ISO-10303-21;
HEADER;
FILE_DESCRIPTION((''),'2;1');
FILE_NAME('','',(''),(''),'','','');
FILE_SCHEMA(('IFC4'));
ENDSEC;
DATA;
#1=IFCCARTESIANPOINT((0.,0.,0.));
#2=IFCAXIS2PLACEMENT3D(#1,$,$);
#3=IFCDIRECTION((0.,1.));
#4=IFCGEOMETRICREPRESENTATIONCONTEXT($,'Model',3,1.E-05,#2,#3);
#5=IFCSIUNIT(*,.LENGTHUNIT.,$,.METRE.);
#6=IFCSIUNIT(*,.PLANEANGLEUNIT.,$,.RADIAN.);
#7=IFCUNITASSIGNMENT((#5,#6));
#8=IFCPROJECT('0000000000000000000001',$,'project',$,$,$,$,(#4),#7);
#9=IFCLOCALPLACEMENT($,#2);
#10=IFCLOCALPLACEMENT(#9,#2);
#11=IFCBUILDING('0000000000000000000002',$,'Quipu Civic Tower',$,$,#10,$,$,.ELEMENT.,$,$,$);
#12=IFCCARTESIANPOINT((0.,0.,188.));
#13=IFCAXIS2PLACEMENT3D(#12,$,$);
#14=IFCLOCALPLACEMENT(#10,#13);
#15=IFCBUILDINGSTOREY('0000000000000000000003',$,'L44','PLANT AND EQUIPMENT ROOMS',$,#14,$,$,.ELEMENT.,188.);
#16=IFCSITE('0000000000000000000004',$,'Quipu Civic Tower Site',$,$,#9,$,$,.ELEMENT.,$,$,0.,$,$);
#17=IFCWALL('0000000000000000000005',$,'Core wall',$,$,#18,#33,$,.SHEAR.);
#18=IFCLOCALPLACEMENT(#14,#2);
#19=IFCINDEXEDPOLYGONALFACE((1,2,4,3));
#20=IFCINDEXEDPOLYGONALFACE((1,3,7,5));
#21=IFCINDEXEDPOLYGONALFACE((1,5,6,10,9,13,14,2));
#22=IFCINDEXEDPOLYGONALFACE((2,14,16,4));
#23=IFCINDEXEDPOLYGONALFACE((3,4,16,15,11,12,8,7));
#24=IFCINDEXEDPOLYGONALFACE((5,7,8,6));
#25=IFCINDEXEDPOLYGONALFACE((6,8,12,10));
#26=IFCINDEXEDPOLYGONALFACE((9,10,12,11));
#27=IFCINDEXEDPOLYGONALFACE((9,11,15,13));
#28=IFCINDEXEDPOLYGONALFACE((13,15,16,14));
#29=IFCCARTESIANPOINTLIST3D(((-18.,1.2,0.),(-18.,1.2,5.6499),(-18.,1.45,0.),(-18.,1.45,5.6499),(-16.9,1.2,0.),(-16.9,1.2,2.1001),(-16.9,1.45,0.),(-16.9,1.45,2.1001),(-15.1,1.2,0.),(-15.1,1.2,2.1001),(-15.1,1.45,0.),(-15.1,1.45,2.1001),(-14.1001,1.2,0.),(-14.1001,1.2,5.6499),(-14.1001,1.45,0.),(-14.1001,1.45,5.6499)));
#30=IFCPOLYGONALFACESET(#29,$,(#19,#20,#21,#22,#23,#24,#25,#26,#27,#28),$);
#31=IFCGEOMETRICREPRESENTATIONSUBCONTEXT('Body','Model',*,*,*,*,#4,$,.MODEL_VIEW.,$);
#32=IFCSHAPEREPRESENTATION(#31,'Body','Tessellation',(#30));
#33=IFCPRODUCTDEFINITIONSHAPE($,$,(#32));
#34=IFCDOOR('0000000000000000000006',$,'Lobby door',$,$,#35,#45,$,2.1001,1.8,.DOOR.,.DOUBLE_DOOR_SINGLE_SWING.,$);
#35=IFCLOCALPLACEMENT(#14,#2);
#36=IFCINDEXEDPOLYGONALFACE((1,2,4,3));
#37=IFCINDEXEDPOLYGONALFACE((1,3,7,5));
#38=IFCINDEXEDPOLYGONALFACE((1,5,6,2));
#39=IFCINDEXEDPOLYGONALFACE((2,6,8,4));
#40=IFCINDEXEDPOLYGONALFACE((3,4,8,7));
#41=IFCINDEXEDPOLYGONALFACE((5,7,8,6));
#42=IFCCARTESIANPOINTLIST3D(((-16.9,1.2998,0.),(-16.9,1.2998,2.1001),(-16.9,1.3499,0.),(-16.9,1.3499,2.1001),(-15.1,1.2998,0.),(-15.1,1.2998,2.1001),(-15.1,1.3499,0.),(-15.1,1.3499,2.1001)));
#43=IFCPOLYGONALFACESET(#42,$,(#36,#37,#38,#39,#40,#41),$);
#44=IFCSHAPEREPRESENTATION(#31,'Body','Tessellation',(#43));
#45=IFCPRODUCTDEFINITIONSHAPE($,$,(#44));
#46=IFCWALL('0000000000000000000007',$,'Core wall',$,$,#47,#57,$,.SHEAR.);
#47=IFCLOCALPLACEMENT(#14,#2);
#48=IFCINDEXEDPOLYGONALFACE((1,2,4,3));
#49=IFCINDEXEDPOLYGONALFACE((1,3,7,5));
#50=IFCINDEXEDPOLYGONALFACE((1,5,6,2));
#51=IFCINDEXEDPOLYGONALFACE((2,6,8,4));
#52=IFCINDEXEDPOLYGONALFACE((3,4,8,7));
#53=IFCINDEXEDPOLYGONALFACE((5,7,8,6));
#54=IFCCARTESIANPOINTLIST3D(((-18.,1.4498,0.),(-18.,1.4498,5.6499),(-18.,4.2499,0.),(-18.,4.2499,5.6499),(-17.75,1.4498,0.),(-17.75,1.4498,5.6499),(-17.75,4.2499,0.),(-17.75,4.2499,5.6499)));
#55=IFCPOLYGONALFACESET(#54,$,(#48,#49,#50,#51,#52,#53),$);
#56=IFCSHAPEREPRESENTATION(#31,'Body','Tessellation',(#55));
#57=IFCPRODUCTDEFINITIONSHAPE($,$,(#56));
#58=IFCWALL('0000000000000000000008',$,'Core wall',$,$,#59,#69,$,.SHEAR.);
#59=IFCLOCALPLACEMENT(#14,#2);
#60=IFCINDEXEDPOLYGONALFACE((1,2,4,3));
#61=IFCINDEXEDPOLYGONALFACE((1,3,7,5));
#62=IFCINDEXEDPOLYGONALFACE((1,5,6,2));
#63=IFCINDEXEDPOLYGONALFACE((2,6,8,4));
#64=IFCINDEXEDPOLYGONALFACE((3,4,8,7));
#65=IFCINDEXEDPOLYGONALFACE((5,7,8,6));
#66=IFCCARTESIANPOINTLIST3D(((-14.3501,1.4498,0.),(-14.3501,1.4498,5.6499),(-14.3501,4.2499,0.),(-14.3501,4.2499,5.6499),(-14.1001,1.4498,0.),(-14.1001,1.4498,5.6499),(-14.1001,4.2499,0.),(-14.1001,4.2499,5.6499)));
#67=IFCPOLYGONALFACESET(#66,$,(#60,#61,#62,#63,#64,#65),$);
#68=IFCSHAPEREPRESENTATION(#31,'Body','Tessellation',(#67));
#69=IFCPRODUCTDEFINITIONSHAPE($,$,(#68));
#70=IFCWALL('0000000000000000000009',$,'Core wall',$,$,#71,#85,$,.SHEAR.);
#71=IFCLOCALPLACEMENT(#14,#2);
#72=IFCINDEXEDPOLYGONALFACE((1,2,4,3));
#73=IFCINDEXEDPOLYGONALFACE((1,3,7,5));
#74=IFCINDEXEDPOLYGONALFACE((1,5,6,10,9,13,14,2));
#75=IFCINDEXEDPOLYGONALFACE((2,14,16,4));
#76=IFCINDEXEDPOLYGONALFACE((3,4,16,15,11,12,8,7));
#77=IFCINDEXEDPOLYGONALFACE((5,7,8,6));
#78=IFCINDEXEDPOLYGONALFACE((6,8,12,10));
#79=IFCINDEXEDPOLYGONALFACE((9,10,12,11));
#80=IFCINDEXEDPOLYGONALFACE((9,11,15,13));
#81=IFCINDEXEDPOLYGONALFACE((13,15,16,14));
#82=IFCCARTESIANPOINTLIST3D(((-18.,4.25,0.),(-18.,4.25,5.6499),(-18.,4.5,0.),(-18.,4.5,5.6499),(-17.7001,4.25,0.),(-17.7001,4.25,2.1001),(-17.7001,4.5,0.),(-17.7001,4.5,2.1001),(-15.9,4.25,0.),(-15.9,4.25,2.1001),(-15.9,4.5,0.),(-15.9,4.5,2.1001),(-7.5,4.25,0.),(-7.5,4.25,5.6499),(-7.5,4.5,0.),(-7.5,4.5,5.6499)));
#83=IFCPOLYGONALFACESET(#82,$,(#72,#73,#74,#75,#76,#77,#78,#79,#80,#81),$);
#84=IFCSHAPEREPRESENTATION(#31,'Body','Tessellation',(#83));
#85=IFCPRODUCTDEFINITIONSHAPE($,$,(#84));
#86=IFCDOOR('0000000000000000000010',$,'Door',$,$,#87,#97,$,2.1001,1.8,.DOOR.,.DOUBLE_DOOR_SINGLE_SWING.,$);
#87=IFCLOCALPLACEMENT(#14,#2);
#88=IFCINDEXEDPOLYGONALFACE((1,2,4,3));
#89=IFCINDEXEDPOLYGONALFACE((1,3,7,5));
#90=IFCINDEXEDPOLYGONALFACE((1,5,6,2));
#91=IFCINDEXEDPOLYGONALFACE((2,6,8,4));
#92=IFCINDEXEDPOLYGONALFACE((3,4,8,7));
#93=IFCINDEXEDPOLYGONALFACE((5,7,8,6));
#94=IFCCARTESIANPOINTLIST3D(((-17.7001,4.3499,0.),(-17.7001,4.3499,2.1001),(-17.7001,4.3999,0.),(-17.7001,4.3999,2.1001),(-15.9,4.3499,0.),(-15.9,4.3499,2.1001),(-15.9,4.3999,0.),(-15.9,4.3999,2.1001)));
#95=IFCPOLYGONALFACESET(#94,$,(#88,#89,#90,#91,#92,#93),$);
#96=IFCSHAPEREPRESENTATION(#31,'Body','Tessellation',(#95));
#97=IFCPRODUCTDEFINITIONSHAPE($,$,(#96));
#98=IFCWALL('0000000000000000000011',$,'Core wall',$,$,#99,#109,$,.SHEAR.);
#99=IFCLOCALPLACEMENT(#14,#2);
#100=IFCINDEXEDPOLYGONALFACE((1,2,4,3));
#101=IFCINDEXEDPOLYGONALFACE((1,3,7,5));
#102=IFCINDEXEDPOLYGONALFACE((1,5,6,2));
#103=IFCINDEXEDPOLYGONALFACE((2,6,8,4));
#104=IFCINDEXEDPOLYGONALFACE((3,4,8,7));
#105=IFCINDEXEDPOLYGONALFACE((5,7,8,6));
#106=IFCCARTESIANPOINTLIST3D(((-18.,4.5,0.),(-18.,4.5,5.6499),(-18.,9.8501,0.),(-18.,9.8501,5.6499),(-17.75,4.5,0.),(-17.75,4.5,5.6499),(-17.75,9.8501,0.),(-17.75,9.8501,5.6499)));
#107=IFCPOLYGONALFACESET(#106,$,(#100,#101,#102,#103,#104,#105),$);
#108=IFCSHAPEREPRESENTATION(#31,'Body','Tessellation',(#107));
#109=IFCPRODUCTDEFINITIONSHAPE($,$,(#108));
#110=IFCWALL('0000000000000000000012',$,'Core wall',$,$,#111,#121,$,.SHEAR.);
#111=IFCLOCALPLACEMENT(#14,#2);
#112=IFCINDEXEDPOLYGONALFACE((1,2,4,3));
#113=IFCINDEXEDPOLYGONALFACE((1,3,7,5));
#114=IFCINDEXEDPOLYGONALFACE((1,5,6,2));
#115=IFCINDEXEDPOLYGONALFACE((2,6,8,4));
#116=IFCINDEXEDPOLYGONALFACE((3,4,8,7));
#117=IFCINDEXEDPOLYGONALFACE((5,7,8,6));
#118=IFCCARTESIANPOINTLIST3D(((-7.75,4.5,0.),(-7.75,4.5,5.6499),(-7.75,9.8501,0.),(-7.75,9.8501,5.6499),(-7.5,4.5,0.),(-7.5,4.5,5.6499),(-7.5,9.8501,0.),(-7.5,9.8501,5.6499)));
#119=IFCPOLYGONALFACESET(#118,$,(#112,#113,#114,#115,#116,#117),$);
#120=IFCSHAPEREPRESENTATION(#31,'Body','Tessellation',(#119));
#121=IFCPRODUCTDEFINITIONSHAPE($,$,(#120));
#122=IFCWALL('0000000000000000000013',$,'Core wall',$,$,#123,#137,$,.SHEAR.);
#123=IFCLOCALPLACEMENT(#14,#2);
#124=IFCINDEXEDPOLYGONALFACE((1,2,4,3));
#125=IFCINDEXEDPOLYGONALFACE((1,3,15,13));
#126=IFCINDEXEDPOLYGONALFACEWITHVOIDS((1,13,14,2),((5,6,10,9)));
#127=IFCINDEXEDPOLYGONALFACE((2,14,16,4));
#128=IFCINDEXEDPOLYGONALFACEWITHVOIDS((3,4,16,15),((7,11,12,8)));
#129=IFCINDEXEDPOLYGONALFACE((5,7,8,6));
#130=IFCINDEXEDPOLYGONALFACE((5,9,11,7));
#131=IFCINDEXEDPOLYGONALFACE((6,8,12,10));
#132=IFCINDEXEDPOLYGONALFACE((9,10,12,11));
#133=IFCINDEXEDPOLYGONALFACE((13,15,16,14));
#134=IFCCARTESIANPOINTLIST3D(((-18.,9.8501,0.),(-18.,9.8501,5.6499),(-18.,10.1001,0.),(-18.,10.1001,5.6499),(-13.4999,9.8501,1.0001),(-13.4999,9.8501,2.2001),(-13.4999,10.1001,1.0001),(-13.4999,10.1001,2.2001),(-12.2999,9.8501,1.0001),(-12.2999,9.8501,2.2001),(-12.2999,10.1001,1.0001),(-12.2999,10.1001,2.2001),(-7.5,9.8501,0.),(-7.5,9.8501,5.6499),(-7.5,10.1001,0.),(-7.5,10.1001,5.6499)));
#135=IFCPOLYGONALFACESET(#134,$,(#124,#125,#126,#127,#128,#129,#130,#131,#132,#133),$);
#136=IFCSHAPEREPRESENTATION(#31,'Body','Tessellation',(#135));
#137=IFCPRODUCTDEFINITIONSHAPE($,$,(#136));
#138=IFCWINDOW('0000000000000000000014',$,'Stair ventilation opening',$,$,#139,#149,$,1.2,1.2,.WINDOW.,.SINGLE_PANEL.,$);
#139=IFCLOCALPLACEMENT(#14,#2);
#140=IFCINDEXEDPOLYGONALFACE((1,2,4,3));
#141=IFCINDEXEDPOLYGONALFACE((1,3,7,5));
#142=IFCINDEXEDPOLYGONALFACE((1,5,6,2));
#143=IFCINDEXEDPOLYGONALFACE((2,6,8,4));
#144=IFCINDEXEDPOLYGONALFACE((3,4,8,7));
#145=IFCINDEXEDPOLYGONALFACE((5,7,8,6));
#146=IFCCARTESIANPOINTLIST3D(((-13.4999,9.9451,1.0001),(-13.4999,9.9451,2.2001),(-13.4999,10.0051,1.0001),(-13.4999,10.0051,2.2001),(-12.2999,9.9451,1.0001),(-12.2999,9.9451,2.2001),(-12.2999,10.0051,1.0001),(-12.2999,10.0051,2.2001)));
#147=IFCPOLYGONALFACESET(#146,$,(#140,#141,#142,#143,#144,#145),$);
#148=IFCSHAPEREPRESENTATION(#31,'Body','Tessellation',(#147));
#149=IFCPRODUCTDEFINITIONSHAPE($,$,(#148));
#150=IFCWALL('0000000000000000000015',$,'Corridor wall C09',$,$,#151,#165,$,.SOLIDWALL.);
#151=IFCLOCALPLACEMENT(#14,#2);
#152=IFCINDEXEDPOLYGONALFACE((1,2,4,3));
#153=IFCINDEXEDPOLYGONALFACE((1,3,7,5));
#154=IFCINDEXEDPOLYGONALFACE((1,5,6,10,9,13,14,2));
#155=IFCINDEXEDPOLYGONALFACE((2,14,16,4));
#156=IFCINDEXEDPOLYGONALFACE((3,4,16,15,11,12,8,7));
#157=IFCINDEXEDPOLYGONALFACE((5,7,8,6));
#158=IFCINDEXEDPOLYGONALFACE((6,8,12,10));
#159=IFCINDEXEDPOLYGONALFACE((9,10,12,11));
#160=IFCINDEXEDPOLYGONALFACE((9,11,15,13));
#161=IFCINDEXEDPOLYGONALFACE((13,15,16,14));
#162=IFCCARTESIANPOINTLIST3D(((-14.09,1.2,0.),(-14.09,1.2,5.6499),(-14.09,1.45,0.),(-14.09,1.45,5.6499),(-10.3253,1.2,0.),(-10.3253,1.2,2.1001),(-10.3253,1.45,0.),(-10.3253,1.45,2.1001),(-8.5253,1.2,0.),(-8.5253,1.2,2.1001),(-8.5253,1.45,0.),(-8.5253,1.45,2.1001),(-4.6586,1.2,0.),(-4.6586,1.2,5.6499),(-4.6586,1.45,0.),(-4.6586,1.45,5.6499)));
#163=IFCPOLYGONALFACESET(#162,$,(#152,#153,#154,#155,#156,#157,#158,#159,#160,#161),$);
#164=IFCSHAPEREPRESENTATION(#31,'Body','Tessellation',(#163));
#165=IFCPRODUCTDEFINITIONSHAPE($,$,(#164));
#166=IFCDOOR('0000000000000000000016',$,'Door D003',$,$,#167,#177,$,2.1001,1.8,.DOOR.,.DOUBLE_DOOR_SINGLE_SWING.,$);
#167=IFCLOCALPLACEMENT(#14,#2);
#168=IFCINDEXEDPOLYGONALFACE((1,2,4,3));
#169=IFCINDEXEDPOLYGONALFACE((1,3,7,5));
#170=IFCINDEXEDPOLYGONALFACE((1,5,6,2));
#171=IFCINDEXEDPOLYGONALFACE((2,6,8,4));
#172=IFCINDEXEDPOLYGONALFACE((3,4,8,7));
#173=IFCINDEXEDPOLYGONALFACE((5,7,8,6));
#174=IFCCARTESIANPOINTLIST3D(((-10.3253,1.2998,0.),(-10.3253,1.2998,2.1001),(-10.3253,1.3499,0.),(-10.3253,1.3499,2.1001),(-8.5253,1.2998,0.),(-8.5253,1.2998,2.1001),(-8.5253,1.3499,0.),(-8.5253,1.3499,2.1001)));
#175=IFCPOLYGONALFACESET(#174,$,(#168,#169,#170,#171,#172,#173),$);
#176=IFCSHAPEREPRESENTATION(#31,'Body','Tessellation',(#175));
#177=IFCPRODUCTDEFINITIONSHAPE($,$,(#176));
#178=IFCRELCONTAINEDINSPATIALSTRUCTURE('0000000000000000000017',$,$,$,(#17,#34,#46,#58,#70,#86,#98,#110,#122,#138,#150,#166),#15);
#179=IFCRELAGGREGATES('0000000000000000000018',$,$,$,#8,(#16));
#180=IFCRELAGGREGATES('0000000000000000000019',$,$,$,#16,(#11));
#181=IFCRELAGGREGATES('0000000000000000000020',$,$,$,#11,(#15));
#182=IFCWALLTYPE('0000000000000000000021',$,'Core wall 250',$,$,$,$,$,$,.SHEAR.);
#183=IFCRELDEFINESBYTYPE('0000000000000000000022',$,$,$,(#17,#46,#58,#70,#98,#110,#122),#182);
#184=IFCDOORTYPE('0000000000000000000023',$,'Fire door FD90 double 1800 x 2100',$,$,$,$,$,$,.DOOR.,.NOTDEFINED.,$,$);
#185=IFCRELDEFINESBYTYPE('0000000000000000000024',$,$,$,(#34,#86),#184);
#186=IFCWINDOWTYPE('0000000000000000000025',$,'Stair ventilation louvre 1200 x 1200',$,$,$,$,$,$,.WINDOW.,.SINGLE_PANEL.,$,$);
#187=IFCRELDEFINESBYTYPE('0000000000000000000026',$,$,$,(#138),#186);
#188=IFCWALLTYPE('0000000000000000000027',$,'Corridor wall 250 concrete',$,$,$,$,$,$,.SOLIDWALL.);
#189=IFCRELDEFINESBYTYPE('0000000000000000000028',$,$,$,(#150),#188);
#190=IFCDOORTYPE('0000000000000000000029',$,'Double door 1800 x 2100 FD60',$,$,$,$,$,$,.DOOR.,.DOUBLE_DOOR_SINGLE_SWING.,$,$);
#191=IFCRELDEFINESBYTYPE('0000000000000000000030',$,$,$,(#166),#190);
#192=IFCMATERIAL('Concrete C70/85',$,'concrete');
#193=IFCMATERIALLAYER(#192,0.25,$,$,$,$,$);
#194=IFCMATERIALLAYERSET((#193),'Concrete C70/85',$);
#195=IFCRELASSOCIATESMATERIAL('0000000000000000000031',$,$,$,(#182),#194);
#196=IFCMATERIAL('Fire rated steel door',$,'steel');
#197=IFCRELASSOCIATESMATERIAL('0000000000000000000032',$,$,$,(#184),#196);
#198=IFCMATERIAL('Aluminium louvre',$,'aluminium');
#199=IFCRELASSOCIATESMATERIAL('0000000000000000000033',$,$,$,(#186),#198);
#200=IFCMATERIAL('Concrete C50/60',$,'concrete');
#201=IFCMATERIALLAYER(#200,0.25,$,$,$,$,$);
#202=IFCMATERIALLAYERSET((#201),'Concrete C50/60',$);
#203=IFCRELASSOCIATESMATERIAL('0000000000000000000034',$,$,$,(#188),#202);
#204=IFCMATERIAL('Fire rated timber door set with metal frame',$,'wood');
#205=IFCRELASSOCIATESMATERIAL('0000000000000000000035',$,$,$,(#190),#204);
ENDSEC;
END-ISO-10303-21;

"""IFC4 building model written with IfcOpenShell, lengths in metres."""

from ifc_helpers import new_model, si_unit, direction, frame, frame_2d, origin, place, context, subcontext, project, spatial, rectangle, extrude, material, layer, layer_set, type_object, element, fill, save


model = new_model("IFC4")

# Units and contexts
model_context = context("Model", 3, precision=1e-05, world=origin(), true_north=direction((0.0, 1.0)))
body_context = subcontext(model_context, "Body", "Model", "MODEL_VIEW")
ifc_project = project(units=[si_unit("LENGTHUNIT", "METRE"), si_unit("PLANEANGLEUNIT", "RADIAN")], contexts=[model_context])

# Site, building, storey
site_placement = place(None, origin())
site = spatial("IfcSite", under=ifc_project, at=site_placement, Name="Quipu Civic Tower Site", CompositionType="ELEMENT", RefElevation=0.0)
building_placement = place(site_placement, origin())
building = spatial("IfcBuilding", under=site, at=building_placement, Name="Quipu Civic Tower", CompositionType="ELEMENT")
storey_placement = place(building_placement, frame((0.0, 0.0, 188.0)))
storey = spatial("IfcBuildingStorey", under=building, at=storey_placement, Name="L44", Description="PLANT AND EQUIPMENT ROOMS", CompositionType="ELEMENT", Elevation=188.0)

# Wall, opening, door
ifc_material_1 = material(Name="Concrete C70/85", Category="concrete")
ifc_layer_1 = layer(ifc_material_1, 0.25)
ifc_layer_set_1 = layer_set([ifc_layer_1], Name="Concrete C70/85")
wall_type_1 = type_object("IfcWallType", Name="Core wall 250", PredefinedType="SHEAR", material=ifc_layer_set_1)
wall_1_placement = place(storey_placement, frame((-18.0, 1.325, 0.0), z_axis=(0.0, 0.0, 1.0), x_axis=(1.0, 0.0, 0.0)))
wall_1 = element("IfcWall", 1, at=wall_1_placement, inside=storey, type_object=wall_type_1, Name="Core wall", PredefinedType="SHEAR", context=body_context, shape_type="SweptSolid", body=[
    extrude(rectangle(XDim=3.8999, YDim=0.25, at=frame_2d((1.95, 0.0))), origin(), (0.0, 0.0, 1.0), 5.6499),
])
opening_1_placement = place(wall_1_placement, frame((1.1001, 0.0, 0.0)))
opening_1 = element("IfcOpeningElement", 2, at=opening_1_placement, cuts=wall_1, PredefinedType="OPENING", context=body_context, shape_type="SweptSolid", body=[
    extrude(rectangle(XDim=1.8, YDim=2.1001, at=frame_2d((0.8999, 1.05))), frame((0.0, 0.135, 0.0), z_axis=(0.0, -1.0, 0.0), x_axis=(1.0, 0.0, 0.0)), (0.0, 0.0, 1.0), 0.27),
])
ifc_material_2 = material(Name="Fire rated steel door", Category="steel")
door_type_1 = type_object("IfcDoorType", Name="Fire door FD90 double 1800 x 2100", OperationType="NOTDEFINED", PredefinedType="DOOR", material=ifc_material_2)
door_1_placement = place(opening_1_placement, origin())
door_1 = element("IfcDoor", 3, at=door_1_placement, inside=storey, type_object=door_type_1, Name="Lobby door", OperationType="DOUBLE_DOOR_SINGLE_SWING", OverallHeight=2.1001, OverallWidth=1.8, PredefinedType="DOOR", context=body_context, shape_type="SweptSolid", body=[
    extrude(rectangle(XDim=1.8, YDim=2.1001, at=frame_2d((0.8999, 1.05))), frame((0.0, 0.0249, 0.0), z_axis=(0.0, -1.0, 0.0), x_axis=(1.0, 0.0, 0.0)), (0.0, 0.0, 1.0), 0.05),
])
fill(opening_1, door_1)

# Walls
for number, where, z_axis, x_axis, name in (
    (4, (-17.875, 1.45, 0.0), (0.0, 0.0, 1.0), (0.0, 1.0, 0.0), "Core wall"),
    (5, (-14.2251, 1.45, 0.0), (0.0, 0.0, 1.0), (0.0, 1.0, 0.0), "Core wall"),
):
    element("IfcWall", number, at=place(storey_placement, frame(where, z_axis=z_axis, x_axis=x_axis)), inside=storey, type_object=wall_type_1, Name=name, PredefinedType="SHEAR", context=body_context, shape_type="SweptSolid", body=[
        extrude(rectangle(XDim=2.8, YDim=0.25, at=frame_2d((1.3999, 0.0))), origin(), (0.0, 0.0, 1.0), 5.6499),
    ])

# Wall, opening, door
wall_2_placement = place(storey_placement, frame((-18.0, 4.375, 0.0), z_axis=(0.0, 0.0, 1.0), x_axis=(1.0, 0.0, 0.0)))
wall_2 = element("IfcWall", 6, at=wall_2_placement, inside=storey, type_object=wall_type_1, Name="Core wall", PredefinedType="SHEAR", context=body_context, shape_type="SweptSolid", body=[
    extrude(rectangle(XDim=10.5, YDim=0.25, at=frame_2d((5.25, 0.0))), origin(), (0.0, 0.0, 1.0), 5.6499),
])
opening_2_placement = place(wall_2_placement, frame((0.3, 0.0, 0.0)))
opening_2 = element("IfcOpeningElement", 7, at=opening_2_placement, cuts=wall_2, PredefinedType="OPENING", context=body_context, shape_type="SweptSolid", body=[
    extrude(rectangle(XDim=1.8, YDim=2.1001, at=frame_2d((0.8999, 1.05))), frame((0.0, 0.135, 0.0), z_axis=(0.0, -1.0, 0.0), x_axis=(1.0, 0.0, 0.0)), (0.0, 0.0, 1.0), 0.27),
])
door_2_placement = place(opening_2_placement, origin())
door_2 = element("IfcDoor", 8, at=door_2_placement, inside=storey, type_object=door_type_1, Name="Door", OperationType="DOUBLE_DOOR_SINGLE_SWING", OverallHeight=2.1001, OverallWidth=1.8, PredefinedType="DOOR", context=body_context, shape_type="SweptSolid", body=[
    extrude(rectangle(XDim=1.8, YDim=2.1001, at=frame_2d((0.8999, 1.05))), frame((0.0, 0.0249, 0.0), z_axis=(0.0, -1.0, 0.0), x_axis=(1.0, 0.0, 0.0)), (0.0, 0.0, 1.0), 0.05),
])
fill(opening_2, door_2)

# Walls
for number, where, z_axis, x_axis, name in (
    (9, (-17.875, 4.5, 0.0), (0.0, 0.0, 1.0), (0.0, 1.0, 0.0), "Core wall"),
    (10, (-7.625, 4.5, 0.0), (0.0, 0.0, 1.0), (0.0, 1.0, 0.0), "Core wall"),
):
    element("IfcWall", number, at=place(storey_placement, frame(where, z_axis=z_axis, x_axis=x_axis)), inside=storey, type_object=wall_type_1, Name=name, PredefinedType="SHEAR", context=body_context, shape_type="SweptSolid", body=[
        extrude(rectangle(XDim=5.3501, YDim=0.25, at=frame_2d((2.675, 0.0))), origin(), (0.0, 0.0, 1.0), 5.6499),
    ])

# Wall, opening, window
wall_3_placement = place(storey_placement, frame((-18.0, 9.9751, 0.0), z_axis=(0.0, 0.0, 1.0), x_axis=(1.0, 0.0, 0.0)))
wall_3 = element("IfcWall", 11, at=wall_3_placement, inside=storey, type_object=wall_type_1, Name="Core wall", PredefinedType="SHEAR", context=body_context, shape_type="SweptSolid", body=[
    extrude(rectangle(XDim=10.5, YDim=0.25, at=frame_2d((5.25, 0.0))), origin(), (0.0, 0.0, 1.0), 5.6499),
])
opening_3_placement = place(wall_3_placement, frame((4.5, 0.0, 1.0)))
opening_3 = element("IfcOpeningElement", 12, at=opening_3_placement, cuts=wall_3, PredefinedType="OPENING", context=body_context, shape_type="SweptSolid", body=[
    extrude(rectangle(XDim=1.2, YDim=1.2, at=frame_2d((0.6001, 0.6001))), frame((0.0, 0.135, 0.0), z_axis=(0.0, -1.0, 0.0), x_axis=(1.0, 0.0, 0.0)), (0.0, 0.0, 1.0), 0.27),
])
ifc_material_3 = material(Name="Aluminium louvre", Category="aluminium")
window_type = type_object("IfcWindowType", Name="Stair ventilation louvre 1200 x 1200", PartitioningType="SINGLE_PANEL", PredefinedType="WINDOW", material=ifc_material_3)
window_placement = place(opening_3_placement, origin())
window = element("IfcWindow", 13, at=window_placement, inside=storey, type_object=window_type, Name="Stair ventilation opening", OverallHeight=1.2, OverallWidth=1.2, PartitioningType="SINGLE_PANEL", PredefinedType="WINDOW", context=body_context, shape_type="SweptSolid", body=[
    extrude(rectangle(XDim=1.2, YDim=1.2, at=frame_2d((0.6001, 0.6001))), frame((0.0, 0.03, 0.0), z_axis=(0.0, -1.0, 0.0), x_axis=(1.0, 0.0, 0.0)), (0.0, 0.0, 1.0), 0.0601),
])
fill(opening_3, window)

# Wall, opening, door
ifc_material_4 = material(Name="Concrete C50/60", Category="concrete")
ifc_layer_2 = layer(ifc_material_4, 0.25)
ifc_layer_set_2 = layer_set([ifc_layer_2], Name="Concrete C50/60")
wall_type_2 = type_object("IfcWallType", Name="Corridor wall 250 concrete", PredefinedType="SOLIDWALL", material=ifc_layer_set_2)
wall_4_placement = place(storey_placement, frame((-14.0901, 1.325, 0.0), z_axis=(0.0, 0.0, 1.0), x_axis=(1.0, 0.0, 0.0)))
wall_4 = element("IfcWall", 14, at=wall_4_placement, inside=storey, type_object=wall_type_2, Name="Corridor wall C09", PredefinedType="SOLIDWALL", context=body_context, shape_type="SweptSolid", body=[
    extrude(rectangle(XDim=9.4314, YDim=0.25, at=frame_2d((4.7158, 0.0))), origin(), (0.0, 0.0, 1.0), 5.6499),
])
opening_4_placement = place(wall_4_placement, frame((3.7649, 0.0, 0.0)))
opening_4 = element("IfcOpeningElement", 15, at=opening_4_placement, cuts=wall_4, PredefinedType="OPENING", context=body_context, shape_type="SweptSolid", body=[
    extrude(rectangle(XDim=1.8, YDim=2.1001, at=frame_2d((0.8999, 1.05))), frame((0.0, 0.135, 0.0), z_axis=(0.0, -1.0, 0.0), x_axis=(1.0, 0.0, 0.0)), (0.0, 0.0, 1.0), 0.27),
])
ifc_material_5 = material(Name="Fire rated timber door set with metal frame", Category="wood")
door_type_2 = type_object("IfcDoorType", Name="Double door 1800 x 2100 FD60", OperationType="DOUBLE_DOOR_SINGLE_SWING", PredefinedType="DOOR", material=ifc_material_5)
door_3_placement = place(opening_4_placement, origin())
door_3 = element("IfcDoor", 16, at=door_3_placement, inside=storey, type_object=door_type_2, Name="Door D003", OperationType="DOUBLE_DOOR_SINGLE_SWING", OverallHeight=2.1001, OverallWidth=1.8, PredefinedType="DOOR", context=body_context, shape_type="SweptSolid", body=[
    extrude(rectangle(XDim=1.8, YDim=2.1001, at=frame_2d((0.8999, 1.05))), frame((0.0, 0.0249, 0.0), z_axis=(0.0, -1.0, 0.0), x_axis=(1.0, 0.0, 0.0)), (0.0, 0.0, 1.0), 0.05),
])
fill(opening_4, door_3)

save(model, "model.ifc")
